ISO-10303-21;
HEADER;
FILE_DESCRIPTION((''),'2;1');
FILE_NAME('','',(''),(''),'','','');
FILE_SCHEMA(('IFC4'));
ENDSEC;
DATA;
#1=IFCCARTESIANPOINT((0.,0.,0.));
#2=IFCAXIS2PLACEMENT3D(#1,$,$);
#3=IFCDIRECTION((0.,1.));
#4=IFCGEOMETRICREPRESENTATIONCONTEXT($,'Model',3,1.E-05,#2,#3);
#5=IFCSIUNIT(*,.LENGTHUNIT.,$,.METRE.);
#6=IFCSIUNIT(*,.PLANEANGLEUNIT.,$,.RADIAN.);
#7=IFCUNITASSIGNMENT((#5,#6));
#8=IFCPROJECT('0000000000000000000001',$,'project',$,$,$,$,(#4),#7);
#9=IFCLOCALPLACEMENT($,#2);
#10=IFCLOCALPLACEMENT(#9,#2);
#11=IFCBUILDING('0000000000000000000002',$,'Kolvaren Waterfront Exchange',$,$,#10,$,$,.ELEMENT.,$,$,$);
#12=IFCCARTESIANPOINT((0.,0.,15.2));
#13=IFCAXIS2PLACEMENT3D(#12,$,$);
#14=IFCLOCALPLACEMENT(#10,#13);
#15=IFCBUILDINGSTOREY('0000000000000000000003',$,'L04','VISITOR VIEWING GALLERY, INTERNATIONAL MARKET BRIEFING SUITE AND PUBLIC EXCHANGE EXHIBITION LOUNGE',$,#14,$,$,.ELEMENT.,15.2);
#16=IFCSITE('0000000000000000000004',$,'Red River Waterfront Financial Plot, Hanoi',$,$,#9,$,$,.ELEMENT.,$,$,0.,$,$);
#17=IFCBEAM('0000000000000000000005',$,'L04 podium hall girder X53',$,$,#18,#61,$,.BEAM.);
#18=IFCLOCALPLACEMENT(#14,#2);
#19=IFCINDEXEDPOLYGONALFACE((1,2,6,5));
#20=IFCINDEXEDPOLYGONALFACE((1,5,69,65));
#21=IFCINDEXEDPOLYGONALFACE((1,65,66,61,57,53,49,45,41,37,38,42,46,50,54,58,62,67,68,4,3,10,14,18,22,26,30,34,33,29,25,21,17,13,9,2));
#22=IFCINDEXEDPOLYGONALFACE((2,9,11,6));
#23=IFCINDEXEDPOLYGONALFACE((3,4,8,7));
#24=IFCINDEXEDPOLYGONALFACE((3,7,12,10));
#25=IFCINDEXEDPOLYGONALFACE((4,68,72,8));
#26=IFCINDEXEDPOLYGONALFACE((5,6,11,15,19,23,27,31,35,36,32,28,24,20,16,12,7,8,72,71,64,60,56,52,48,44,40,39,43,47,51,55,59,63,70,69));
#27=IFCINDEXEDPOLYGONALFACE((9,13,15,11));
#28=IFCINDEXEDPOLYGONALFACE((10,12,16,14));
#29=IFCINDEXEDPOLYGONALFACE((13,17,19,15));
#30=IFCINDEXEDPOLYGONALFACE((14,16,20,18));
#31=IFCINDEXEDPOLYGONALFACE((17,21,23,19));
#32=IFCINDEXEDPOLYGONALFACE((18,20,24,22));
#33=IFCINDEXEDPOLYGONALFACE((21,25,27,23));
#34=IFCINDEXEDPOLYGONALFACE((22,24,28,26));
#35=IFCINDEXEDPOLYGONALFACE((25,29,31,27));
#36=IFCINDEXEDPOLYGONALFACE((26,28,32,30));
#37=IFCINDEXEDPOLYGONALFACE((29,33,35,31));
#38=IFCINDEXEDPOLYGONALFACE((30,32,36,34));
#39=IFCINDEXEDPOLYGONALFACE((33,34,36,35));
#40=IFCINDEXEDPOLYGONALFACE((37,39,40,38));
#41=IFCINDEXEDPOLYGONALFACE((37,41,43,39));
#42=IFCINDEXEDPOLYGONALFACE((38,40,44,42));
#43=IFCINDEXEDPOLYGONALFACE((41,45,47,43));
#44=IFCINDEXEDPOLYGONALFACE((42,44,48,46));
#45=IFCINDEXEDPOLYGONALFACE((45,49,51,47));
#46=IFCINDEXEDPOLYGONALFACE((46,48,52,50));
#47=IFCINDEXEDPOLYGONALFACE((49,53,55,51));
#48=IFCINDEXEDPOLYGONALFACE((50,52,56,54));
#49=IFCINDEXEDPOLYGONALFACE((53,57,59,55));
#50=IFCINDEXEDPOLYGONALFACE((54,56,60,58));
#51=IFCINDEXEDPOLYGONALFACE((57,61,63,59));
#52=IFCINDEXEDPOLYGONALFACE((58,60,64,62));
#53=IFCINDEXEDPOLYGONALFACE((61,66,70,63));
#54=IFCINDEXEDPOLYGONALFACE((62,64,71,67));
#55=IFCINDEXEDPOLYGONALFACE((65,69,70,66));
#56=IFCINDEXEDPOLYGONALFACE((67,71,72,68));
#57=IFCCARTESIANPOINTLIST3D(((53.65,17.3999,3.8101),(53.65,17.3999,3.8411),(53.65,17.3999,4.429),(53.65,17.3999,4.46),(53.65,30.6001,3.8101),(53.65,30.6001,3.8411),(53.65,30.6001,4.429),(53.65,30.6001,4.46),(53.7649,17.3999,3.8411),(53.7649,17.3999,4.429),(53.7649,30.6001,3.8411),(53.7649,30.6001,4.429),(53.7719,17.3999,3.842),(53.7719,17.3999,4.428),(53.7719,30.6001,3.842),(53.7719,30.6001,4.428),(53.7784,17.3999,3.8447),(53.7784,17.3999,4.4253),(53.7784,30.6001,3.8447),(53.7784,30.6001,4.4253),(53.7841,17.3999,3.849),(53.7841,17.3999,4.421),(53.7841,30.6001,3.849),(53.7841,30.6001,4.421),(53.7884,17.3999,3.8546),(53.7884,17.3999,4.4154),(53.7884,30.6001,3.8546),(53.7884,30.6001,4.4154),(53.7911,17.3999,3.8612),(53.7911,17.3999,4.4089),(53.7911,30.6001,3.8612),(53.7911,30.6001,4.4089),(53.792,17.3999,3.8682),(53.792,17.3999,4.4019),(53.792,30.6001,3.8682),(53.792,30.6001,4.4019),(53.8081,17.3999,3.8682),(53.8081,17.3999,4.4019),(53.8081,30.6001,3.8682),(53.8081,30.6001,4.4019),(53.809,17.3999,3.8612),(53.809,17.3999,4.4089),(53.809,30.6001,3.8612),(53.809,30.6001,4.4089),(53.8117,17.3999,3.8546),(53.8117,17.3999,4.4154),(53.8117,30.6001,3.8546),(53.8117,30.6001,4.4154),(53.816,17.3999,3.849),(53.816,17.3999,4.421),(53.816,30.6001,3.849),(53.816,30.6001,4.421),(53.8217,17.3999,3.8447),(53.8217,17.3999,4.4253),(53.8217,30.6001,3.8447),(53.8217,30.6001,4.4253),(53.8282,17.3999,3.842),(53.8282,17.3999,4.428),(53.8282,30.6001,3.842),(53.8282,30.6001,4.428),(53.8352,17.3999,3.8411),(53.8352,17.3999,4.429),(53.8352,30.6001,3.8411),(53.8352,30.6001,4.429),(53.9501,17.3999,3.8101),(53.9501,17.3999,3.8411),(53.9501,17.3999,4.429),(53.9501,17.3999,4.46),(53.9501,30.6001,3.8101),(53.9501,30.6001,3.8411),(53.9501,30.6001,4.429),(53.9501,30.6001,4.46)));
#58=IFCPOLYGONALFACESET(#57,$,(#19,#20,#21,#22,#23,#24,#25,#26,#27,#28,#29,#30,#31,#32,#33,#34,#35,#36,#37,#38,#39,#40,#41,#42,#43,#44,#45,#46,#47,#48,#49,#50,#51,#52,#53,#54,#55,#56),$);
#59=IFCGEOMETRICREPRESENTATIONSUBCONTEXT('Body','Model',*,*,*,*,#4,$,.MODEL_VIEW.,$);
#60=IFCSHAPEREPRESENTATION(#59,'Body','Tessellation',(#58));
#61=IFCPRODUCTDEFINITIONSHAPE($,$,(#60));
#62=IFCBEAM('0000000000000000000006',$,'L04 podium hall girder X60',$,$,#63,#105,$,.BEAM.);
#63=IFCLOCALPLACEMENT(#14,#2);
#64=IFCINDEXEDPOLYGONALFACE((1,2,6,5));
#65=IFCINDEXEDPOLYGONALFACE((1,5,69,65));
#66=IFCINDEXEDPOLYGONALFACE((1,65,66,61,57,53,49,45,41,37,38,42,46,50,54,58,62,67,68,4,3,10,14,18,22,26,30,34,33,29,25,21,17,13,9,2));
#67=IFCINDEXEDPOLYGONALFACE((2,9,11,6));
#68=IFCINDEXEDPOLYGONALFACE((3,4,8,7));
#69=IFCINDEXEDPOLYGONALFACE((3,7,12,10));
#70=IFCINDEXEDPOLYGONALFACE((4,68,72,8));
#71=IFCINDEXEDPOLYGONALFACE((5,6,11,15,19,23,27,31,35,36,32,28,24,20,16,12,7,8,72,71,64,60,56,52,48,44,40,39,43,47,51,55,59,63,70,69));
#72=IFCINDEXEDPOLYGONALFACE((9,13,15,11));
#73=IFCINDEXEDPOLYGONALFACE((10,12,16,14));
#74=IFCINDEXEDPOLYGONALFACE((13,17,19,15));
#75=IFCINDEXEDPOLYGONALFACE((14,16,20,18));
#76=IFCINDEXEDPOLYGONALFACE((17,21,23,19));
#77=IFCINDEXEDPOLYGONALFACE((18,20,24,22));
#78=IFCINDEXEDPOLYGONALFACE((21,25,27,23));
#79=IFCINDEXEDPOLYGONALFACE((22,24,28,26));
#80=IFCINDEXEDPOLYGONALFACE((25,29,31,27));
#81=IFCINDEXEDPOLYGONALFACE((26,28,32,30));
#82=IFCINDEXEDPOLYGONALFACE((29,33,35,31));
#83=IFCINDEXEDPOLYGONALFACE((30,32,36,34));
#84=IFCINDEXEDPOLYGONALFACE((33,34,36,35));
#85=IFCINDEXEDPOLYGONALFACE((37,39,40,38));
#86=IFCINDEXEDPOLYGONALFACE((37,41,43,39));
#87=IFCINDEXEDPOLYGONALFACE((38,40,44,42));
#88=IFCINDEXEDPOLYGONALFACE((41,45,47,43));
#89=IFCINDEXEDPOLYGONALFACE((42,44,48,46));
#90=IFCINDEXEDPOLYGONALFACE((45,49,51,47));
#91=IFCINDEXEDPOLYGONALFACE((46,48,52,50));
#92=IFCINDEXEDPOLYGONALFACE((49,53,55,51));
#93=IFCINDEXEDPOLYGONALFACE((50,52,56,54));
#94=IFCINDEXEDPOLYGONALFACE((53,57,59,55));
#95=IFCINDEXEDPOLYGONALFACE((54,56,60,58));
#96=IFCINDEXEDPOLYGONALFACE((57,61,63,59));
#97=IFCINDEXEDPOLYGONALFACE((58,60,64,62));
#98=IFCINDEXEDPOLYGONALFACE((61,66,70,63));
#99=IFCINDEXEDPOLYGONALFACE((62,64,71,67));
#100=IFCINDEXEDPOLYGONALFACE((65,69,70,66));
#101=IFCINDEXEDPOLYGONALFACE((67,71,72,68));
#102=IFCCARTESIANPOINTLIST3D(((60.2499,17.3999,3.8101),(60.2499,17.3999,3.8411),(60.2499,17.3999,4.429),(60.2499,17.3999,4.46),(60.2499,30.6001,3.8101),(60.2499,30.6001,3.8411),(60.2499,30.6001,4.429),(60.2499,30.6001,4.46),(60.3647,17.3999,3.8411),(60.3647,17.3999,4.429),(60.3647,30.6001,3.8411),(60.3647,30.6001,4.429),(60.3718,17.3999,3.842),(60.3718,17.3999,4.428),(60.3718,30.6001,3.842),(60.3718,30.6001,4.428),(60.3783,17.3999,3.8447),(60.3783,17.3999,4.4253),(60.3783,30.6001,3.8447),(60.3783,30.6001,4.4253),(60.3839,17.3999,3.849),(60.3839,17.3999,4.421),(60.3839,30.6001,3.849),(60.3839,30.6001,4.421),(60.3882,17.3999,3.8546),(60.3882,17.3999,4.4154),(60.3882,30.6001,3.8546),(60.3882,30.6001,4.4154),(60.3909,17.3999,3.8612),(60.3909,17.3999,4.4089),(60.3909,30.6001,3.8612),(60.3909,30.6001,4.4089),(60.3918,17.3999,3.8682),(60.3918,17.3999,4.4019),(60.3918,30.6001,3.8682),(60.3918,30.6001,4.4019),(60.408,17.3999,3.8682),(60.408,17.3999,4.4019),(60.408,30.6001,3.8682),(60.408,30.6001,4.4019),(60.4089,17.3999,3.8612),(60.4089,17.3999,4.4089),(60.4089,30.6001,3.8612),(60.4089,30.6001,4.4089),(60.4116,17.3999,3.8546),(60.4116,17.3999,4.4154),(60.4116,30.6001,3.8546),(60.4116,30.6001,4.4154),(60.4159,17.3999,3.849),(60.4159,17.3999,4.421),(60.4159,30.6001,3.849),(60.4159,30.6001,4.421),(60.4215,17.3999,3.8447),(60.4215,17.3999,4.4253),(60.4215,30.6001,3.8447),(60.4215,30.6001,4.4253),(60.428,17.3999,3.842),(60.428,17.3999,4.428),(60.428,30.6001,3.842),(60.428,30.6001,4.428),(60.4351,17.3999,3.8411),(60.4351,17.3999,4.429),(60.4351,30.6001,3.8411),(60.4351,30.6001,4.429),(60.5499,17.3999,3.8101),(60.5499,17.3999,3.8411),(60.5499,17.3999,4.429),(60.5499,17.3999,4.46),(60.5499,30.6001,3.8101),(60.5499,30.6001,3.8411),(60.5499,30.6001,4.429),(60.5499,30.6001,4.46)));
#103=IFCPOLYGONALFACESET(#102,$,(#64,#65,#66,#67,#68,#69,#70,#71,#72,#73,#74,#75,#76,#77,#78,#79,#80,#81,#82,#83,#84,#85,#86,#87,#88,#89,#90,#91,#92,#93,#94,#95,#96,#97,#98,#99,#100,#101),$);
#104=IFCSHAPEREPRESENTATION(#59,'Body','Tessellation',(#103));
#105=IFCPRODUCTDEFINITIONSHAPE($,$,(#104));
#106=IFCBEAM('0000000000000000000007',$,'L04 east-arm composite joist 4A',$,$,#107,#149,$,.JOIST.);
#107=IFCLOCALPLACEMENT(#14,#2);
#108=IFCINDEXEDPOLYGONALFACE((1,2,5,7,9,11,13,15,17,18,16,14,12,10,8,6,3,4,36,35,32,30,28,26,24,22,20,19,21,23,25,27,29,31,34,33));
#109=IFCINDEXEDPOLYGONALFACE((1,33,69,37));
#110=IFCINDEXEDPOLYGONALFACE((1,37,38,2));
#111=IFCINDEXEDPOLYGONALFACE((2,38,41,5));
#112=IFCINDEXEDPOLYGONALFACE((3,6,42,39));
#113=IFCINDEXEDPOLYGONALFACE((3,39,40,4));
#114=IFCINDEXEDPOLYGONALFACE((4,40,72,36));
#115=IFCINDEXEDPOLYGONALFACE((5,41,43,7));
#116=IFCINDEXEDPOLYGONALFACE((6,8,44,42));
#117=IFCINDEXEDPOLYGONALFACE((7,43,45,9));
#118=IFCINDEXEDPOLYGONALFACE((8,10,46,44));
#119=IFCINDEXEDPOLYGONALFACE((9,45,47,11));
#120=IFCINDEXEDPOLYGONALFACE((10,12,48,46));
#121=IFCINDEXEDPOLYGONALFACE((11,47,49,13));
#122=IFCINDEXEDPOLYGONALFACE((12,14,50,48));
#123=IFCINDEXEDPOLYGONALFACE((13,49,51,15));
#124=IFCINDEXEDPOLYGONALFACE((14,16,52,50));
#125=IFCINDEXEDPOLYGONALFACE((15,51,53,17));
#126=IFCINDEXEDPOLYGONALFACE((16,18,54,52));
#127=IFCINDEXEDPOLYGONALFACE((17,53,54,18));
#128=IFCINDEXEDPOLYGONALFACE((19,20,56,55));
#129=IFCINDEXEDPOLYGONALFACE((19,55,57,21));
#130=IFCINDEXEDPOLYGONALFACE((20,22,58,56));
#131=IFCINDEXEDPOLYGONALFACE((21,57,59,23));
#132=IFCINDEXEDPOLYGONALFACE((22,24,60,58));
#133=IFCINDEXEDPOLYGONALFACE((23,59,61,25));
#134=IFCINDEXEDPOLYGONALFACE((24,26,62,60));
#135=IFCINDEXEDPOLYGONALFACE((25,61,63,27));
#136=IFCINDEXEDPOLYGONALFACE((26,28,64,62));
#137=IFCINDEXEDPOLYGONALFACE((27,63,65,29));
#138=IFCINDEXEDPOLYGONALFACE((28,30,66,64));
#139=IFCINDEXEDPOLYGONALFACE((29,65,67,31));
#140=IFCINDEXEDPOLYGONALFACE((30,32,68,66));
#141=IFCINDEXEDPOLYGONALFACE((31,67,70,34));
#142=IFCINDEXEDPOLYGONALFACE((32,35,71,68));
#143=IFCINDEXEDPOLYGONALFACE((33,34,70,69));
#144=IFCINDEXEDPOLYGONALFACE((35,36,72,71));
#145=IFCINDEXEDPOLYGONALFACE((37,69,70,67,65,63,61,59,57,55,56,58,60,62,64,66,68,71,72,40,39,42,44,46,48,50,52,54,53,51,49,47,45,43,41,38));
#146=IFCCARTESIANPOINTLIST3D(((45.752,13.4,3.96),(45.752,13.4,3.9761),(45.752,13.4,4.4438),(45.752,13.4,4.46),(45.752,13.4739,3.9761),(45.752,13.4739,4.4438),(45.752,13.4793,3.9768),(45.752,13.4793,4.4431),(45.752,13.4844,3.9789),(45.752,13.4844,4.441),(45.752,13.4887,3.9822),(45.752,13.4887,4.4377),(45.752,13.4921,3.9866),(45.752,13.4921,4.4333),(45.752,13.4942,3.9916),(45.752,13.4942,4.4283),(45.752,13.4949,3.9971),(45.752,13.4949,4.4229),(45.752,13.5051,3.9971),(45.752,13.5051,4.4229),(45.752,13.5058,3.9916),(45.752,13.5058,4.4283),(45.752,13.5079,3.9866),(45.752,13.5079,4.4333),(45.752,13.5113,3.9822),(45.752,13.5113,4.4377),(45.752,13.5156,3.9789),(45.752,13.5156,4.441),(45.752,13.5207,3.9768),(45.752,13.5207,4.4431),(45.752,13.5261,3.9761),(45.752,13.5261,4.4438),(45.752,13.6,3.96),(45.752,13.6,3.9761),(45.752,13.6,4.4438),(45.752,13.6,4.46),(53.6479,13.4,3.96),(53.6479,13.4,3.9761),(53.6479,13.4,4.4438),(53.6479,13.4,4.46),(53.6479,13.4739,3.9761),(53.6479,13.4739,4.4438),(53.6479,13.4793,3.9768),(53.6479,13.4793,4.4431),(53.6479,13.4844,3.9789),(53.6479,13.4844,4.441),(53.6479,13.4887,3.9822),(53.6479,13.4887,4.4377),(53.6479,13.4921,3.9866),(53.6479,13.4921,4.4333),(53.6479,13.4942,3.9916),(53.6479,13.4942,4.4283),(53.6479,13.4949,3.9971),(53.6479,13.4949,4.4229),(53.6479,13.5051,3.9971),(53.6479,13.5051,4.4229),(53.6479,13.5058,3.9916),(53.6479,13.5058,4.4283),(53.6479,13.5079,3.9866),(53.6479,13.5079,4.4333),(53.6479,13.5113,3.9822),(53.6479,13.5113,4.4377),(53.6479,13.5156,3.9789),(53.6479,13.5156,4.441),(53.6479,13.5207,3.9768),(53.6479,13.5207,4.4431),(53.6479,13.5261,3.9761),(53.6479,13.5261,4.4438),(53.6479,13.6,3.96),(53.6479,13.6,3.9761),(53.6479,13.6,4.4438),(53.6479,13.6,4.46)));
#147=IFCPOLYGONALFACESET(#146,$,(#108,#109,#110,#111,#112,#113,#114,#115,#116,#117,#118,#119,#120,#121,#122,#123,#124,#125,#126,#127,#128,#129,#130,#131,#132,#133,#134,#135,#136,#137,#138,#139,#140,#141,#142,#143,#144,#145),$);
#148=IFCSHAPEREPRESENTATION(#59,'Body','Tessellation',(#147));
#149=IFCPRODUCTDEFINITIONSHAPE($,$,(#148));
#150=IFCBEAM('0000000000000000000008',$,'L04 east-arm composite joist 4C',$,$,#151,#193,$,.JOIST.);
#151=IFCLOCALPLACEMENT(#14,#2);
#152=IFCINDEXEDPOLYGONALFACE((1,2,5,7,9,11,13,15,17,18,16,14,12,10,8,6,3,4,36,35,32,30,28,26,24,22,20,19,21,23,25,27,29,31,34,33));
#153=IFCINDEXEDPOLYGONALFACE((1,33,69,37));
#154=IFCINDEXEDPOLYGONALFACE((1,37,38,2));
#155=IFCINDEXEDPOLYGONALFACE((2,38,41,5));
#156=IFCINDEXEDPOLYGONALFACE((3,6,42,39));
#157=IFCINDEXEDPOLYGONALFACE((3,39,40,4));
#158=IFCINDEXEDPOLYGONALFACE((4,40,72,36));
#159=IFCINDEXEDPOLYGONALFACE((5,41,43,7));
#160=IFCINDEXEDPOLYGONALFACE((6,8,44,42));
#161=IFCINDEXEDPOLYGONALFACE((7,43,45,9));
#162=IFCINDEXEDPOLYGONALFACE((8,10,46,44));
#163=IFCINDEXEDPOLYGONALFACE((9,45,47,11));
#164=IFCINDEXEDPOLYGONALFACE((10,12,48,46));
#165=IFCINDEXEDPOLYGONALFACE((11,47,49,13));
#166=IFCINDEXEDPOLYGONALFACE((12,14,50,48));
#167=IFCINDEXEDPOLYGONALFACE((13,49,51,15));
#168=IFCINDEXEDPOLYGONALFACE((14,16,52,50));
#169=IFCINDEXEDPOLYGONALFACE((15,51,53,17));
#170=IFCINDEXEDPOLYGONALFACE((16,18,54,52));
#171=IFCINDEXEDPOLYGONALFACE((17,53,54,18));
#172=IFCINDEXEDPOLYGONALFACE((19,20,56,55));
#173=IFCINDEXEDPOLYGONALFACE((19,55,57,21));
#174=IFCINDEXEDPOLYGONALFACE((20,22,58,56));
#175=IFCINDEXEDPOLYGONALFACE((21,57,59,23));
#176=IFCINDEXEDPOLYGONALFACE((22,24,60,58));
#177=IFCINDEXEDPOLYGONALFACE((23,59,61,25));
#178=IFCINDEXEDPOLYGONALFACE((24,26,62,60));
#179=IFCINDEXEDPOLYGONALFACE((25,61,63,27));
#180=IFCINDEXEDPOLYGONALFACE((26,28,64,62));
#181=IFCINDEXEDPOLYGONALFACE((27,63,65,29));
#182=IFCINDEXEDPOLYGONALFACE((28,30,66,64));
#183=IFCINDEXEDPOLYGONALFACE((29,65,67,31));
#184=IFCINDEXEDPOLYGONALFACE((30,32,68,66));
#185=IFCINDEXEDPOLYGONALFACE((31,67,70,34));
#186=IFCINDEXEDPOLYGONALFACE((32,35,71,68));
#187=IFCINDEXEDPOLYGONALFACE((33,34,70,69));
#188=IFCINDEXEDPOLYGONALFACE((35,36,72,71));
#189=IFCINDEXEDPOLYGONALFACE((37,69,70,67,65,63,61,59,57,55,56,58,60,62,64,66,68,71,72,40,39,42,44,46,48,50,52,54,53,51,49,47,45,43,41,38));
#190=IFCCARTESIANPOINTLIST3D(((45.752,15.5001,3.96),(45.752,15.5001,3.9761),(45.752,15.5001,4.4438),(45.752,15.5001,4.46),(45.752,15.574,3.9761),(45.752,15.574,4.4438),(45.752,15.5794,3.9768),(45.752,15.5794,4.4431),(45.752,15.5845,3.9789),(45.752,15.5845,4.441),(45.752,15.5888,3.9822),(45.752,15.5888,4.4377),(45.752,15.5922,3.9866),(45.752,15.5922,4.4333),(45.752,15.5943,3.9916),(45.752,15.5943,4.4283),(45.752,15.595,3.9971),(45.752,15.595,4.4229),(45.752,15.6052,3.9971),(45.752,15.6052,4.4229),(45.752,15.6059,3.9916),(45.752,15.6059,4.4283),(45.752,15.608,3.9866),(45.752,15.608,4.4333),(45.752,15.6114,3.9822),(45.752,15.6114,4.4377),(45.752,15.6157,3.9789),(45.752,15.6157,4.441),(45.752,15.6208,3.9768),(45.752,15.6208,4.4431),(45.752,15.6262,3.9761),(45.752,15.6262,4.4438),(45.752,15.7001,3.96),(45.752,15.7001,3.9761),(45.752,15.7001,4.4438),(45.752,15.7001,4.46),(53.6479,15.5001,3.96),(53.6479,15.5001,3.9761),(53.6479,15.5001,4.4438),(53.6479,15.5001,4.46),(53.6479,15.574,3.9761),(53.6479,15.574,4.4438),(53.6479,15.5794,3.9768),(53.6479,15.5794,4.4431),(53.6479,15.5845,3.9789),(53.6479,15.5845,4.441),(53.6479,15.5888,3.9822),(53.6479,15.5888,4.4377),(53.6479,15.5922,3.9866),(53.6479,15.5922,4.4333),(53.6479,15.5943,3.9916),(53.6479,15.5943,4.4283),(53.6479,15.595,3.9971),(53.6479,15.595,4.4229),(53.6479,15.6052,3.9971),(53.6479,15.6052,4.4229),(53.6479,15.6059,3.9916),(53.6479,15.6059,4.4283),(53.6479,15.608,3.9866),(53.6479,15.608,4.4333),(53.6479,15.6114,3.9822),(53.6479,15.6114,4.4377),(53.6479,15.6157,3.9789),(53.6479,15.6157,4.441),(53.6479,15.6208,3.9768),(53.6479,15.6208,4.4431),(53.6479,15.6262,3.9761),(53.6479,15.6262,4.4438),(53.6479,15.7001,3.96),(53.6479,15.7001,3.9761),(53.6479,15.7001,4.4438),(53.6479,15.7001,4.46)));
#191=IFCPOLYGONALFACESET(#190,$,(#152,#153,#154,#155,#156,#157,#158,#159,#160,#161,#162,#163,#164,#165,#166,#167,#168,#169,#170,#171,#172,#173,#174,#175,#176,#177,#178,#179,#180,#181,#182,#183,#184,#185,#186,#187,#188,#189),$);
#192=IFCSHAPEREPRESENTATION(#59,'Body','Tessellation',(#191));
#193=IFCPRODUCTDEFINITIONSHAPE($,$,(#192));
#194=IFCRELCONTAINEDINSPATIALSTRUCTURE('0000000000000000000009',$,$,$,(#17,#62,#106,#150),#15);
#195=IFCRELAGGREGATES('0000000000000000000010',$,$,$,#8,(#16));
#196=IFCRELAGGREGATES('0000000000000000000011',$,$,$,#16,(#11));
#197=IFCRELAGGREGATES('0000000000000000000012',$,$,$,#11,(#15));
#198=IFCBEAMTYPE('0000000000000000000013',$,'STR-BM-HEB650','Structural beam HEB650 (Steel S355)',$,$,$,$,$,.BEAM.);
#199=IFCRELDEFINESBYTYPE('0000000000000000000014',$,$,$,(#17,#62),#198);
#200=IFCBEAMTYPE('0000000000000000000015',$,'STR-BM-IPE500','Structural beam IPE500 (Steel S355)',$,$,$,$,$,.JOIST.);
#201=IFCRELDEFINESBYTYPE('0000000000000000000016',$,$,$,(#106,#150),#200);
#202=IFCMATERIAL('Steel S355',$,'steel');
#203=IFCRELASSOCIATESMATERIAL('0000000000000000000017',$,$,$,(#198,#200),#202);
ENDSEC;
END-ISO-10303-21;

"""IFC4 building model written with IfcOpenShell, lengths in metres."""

from ifc_helpers import new_model, si_unit, direction, frame, origin, origin_2d, place, context, subcontext, project, spatial, i_section, extrude, material, material_profile, profile_set, type_object, element, save


model = new_model("IFC4")

# Units and contexts
model_context = context("Model", 3, precision=1e-05, world=origin(), true_north=direction((0.0, 1.0)))
body_context = subcontext(model_context, "Body", "Model", "MODEL_VIEW")
ifc_project = project(units=[si_unit("LENGTHUNIT", "METRE"), si_unit("PLANEANGLEUNIT", "RADIAN")], contexts=[model_context])

# Site, building, storey
site_placement = place(None, origin())
site = spatial("IfcSite", under=ifc_project, at=site_placement, Name="Red River Waterfront Financial Plot, Hanoi", CompositionType="ELEMENT", RefElevation=0.0)
building_placement = place(site_placement, origin())
building = spatial("IfcBuilding", under=site, at=building_placement, Name="Kolvaren Waterfront Exchange", CompositionType="ELEMENT")
storey_placement = place(building_placement, frame((0.0, 0.0, 15.2)))
storey = spatial("IfcBuildingStorey", under=building, at=storey_placement, Name="L04", Description="VISITOR VIEWING GALLERY, INTERNATIONAL MARKET BRIEFING SUITE AND PUBLIC EXCHANGE EXHIBITION LOUNGE", CompositionType="ELEMENT", Elevation=15.2)

# Beams
ifc_material_1 = material(Name="Steel S355", Category="steel")
ifc_material_profile_1 = material_profile(ifc_material_1, i_section(OverallWidth=0.3, OverallDepth=0.6499, WebThickness=0.0161, FlangeThickness=0.031, FilletRadius=0.0271, at=origin_2d()), Name="HEB650")
ifc_profile_set_1 = profile_set([ifc_material_profile_1], Name="Steel S355")
beam_type_1 = type_object("IfcBeamType", Name="STR-BM-HEB650", Description="Structural beam HEB650 (Steel S355)", PredefinedType="BEAM", material=ifc_profile_set_1)
for number, where, z_axis, x_axis, name in (
    (1, (53.8, 17.3999, 4.135), (0.0, 1.0, 0.0), (-1.0, 0.0, 0.0), "L04 podium hall girder X53"),
    (2, (60.3999, 17.3999, 4.135), (0.0, 1.0, 0.0), (-1.0, 0.0, 0.0), "L04 podium hall girder X60"),
):
    element("IfcBeam", number, at=place(storey_placement, frame(where, z_axis=z_axis, x_axis=x_axis)), inside=storey, type_object=beam_type_1, Name=name, PredefinedType="BEAM", context=body_context, shape_type="SweptSolid", body=[
        extrude(i_section(OverallWidth=0.3, OverallDepth=0.6499, WebThickness=0.0161, FlangeThickness=0.031, FilletRadius=0.0271, at=origin_2d()), origin(), (0.0, 0.0, 1.0), 13.2002),
    ])
ifc_material_profile_2 = material_profile(ifc_material_1, i_section(OverallWidth=0.2, OverallDepth=0.5, WebThickness=0.0103, FlangeThickness=0.0161, FilletRadius=0.021, at=origin_2d()), Name="IPE500")
ifc_profile_set_2 = profile_set([ifc_material_profile_2], Name="Steel S355")
beam_type_2 = type_object("IfcBeamType", Name="STR-BM-IPE500", Description="Structural beam IPE500 (Steel S355)", PredefinedType="JOIST", material=ifc_profile_set_2)
for number, where, z_axis, x_axis, name in (
    (3, (45.752, 13.5, 4.21), (1.0, 0.0, 0.0), (0.0, 1.0, 0.0), "L04 east-arm composite joist 4A"),
    (4, (45.752, 15.6001, 4.21), (1.0, 0.0, 0.0), (0.0, 1.0, 0.0), "L04 east-arm composite joist 4C"),
):
    element("IfcBeam", number, at=place(storey_placement, frame(where, z_axis=z_axis, x_axis=x_axis)), inside=storey, type_object=beam_type_2, Name=name, PredefinedType="JOIST", context=body_context, shape_type="SweptSolid", body=[
        extrude(i_section(OverallWidth=0.2, OverallDepth=0.5, WebThickness=0.0103, FlangeThickness=0.0161, FilletRadius=0.021, at=origin_2d()), origin(), (0.0, 0.0, 1.0), 7.896),
    ])

save(model, "model.ifc")
